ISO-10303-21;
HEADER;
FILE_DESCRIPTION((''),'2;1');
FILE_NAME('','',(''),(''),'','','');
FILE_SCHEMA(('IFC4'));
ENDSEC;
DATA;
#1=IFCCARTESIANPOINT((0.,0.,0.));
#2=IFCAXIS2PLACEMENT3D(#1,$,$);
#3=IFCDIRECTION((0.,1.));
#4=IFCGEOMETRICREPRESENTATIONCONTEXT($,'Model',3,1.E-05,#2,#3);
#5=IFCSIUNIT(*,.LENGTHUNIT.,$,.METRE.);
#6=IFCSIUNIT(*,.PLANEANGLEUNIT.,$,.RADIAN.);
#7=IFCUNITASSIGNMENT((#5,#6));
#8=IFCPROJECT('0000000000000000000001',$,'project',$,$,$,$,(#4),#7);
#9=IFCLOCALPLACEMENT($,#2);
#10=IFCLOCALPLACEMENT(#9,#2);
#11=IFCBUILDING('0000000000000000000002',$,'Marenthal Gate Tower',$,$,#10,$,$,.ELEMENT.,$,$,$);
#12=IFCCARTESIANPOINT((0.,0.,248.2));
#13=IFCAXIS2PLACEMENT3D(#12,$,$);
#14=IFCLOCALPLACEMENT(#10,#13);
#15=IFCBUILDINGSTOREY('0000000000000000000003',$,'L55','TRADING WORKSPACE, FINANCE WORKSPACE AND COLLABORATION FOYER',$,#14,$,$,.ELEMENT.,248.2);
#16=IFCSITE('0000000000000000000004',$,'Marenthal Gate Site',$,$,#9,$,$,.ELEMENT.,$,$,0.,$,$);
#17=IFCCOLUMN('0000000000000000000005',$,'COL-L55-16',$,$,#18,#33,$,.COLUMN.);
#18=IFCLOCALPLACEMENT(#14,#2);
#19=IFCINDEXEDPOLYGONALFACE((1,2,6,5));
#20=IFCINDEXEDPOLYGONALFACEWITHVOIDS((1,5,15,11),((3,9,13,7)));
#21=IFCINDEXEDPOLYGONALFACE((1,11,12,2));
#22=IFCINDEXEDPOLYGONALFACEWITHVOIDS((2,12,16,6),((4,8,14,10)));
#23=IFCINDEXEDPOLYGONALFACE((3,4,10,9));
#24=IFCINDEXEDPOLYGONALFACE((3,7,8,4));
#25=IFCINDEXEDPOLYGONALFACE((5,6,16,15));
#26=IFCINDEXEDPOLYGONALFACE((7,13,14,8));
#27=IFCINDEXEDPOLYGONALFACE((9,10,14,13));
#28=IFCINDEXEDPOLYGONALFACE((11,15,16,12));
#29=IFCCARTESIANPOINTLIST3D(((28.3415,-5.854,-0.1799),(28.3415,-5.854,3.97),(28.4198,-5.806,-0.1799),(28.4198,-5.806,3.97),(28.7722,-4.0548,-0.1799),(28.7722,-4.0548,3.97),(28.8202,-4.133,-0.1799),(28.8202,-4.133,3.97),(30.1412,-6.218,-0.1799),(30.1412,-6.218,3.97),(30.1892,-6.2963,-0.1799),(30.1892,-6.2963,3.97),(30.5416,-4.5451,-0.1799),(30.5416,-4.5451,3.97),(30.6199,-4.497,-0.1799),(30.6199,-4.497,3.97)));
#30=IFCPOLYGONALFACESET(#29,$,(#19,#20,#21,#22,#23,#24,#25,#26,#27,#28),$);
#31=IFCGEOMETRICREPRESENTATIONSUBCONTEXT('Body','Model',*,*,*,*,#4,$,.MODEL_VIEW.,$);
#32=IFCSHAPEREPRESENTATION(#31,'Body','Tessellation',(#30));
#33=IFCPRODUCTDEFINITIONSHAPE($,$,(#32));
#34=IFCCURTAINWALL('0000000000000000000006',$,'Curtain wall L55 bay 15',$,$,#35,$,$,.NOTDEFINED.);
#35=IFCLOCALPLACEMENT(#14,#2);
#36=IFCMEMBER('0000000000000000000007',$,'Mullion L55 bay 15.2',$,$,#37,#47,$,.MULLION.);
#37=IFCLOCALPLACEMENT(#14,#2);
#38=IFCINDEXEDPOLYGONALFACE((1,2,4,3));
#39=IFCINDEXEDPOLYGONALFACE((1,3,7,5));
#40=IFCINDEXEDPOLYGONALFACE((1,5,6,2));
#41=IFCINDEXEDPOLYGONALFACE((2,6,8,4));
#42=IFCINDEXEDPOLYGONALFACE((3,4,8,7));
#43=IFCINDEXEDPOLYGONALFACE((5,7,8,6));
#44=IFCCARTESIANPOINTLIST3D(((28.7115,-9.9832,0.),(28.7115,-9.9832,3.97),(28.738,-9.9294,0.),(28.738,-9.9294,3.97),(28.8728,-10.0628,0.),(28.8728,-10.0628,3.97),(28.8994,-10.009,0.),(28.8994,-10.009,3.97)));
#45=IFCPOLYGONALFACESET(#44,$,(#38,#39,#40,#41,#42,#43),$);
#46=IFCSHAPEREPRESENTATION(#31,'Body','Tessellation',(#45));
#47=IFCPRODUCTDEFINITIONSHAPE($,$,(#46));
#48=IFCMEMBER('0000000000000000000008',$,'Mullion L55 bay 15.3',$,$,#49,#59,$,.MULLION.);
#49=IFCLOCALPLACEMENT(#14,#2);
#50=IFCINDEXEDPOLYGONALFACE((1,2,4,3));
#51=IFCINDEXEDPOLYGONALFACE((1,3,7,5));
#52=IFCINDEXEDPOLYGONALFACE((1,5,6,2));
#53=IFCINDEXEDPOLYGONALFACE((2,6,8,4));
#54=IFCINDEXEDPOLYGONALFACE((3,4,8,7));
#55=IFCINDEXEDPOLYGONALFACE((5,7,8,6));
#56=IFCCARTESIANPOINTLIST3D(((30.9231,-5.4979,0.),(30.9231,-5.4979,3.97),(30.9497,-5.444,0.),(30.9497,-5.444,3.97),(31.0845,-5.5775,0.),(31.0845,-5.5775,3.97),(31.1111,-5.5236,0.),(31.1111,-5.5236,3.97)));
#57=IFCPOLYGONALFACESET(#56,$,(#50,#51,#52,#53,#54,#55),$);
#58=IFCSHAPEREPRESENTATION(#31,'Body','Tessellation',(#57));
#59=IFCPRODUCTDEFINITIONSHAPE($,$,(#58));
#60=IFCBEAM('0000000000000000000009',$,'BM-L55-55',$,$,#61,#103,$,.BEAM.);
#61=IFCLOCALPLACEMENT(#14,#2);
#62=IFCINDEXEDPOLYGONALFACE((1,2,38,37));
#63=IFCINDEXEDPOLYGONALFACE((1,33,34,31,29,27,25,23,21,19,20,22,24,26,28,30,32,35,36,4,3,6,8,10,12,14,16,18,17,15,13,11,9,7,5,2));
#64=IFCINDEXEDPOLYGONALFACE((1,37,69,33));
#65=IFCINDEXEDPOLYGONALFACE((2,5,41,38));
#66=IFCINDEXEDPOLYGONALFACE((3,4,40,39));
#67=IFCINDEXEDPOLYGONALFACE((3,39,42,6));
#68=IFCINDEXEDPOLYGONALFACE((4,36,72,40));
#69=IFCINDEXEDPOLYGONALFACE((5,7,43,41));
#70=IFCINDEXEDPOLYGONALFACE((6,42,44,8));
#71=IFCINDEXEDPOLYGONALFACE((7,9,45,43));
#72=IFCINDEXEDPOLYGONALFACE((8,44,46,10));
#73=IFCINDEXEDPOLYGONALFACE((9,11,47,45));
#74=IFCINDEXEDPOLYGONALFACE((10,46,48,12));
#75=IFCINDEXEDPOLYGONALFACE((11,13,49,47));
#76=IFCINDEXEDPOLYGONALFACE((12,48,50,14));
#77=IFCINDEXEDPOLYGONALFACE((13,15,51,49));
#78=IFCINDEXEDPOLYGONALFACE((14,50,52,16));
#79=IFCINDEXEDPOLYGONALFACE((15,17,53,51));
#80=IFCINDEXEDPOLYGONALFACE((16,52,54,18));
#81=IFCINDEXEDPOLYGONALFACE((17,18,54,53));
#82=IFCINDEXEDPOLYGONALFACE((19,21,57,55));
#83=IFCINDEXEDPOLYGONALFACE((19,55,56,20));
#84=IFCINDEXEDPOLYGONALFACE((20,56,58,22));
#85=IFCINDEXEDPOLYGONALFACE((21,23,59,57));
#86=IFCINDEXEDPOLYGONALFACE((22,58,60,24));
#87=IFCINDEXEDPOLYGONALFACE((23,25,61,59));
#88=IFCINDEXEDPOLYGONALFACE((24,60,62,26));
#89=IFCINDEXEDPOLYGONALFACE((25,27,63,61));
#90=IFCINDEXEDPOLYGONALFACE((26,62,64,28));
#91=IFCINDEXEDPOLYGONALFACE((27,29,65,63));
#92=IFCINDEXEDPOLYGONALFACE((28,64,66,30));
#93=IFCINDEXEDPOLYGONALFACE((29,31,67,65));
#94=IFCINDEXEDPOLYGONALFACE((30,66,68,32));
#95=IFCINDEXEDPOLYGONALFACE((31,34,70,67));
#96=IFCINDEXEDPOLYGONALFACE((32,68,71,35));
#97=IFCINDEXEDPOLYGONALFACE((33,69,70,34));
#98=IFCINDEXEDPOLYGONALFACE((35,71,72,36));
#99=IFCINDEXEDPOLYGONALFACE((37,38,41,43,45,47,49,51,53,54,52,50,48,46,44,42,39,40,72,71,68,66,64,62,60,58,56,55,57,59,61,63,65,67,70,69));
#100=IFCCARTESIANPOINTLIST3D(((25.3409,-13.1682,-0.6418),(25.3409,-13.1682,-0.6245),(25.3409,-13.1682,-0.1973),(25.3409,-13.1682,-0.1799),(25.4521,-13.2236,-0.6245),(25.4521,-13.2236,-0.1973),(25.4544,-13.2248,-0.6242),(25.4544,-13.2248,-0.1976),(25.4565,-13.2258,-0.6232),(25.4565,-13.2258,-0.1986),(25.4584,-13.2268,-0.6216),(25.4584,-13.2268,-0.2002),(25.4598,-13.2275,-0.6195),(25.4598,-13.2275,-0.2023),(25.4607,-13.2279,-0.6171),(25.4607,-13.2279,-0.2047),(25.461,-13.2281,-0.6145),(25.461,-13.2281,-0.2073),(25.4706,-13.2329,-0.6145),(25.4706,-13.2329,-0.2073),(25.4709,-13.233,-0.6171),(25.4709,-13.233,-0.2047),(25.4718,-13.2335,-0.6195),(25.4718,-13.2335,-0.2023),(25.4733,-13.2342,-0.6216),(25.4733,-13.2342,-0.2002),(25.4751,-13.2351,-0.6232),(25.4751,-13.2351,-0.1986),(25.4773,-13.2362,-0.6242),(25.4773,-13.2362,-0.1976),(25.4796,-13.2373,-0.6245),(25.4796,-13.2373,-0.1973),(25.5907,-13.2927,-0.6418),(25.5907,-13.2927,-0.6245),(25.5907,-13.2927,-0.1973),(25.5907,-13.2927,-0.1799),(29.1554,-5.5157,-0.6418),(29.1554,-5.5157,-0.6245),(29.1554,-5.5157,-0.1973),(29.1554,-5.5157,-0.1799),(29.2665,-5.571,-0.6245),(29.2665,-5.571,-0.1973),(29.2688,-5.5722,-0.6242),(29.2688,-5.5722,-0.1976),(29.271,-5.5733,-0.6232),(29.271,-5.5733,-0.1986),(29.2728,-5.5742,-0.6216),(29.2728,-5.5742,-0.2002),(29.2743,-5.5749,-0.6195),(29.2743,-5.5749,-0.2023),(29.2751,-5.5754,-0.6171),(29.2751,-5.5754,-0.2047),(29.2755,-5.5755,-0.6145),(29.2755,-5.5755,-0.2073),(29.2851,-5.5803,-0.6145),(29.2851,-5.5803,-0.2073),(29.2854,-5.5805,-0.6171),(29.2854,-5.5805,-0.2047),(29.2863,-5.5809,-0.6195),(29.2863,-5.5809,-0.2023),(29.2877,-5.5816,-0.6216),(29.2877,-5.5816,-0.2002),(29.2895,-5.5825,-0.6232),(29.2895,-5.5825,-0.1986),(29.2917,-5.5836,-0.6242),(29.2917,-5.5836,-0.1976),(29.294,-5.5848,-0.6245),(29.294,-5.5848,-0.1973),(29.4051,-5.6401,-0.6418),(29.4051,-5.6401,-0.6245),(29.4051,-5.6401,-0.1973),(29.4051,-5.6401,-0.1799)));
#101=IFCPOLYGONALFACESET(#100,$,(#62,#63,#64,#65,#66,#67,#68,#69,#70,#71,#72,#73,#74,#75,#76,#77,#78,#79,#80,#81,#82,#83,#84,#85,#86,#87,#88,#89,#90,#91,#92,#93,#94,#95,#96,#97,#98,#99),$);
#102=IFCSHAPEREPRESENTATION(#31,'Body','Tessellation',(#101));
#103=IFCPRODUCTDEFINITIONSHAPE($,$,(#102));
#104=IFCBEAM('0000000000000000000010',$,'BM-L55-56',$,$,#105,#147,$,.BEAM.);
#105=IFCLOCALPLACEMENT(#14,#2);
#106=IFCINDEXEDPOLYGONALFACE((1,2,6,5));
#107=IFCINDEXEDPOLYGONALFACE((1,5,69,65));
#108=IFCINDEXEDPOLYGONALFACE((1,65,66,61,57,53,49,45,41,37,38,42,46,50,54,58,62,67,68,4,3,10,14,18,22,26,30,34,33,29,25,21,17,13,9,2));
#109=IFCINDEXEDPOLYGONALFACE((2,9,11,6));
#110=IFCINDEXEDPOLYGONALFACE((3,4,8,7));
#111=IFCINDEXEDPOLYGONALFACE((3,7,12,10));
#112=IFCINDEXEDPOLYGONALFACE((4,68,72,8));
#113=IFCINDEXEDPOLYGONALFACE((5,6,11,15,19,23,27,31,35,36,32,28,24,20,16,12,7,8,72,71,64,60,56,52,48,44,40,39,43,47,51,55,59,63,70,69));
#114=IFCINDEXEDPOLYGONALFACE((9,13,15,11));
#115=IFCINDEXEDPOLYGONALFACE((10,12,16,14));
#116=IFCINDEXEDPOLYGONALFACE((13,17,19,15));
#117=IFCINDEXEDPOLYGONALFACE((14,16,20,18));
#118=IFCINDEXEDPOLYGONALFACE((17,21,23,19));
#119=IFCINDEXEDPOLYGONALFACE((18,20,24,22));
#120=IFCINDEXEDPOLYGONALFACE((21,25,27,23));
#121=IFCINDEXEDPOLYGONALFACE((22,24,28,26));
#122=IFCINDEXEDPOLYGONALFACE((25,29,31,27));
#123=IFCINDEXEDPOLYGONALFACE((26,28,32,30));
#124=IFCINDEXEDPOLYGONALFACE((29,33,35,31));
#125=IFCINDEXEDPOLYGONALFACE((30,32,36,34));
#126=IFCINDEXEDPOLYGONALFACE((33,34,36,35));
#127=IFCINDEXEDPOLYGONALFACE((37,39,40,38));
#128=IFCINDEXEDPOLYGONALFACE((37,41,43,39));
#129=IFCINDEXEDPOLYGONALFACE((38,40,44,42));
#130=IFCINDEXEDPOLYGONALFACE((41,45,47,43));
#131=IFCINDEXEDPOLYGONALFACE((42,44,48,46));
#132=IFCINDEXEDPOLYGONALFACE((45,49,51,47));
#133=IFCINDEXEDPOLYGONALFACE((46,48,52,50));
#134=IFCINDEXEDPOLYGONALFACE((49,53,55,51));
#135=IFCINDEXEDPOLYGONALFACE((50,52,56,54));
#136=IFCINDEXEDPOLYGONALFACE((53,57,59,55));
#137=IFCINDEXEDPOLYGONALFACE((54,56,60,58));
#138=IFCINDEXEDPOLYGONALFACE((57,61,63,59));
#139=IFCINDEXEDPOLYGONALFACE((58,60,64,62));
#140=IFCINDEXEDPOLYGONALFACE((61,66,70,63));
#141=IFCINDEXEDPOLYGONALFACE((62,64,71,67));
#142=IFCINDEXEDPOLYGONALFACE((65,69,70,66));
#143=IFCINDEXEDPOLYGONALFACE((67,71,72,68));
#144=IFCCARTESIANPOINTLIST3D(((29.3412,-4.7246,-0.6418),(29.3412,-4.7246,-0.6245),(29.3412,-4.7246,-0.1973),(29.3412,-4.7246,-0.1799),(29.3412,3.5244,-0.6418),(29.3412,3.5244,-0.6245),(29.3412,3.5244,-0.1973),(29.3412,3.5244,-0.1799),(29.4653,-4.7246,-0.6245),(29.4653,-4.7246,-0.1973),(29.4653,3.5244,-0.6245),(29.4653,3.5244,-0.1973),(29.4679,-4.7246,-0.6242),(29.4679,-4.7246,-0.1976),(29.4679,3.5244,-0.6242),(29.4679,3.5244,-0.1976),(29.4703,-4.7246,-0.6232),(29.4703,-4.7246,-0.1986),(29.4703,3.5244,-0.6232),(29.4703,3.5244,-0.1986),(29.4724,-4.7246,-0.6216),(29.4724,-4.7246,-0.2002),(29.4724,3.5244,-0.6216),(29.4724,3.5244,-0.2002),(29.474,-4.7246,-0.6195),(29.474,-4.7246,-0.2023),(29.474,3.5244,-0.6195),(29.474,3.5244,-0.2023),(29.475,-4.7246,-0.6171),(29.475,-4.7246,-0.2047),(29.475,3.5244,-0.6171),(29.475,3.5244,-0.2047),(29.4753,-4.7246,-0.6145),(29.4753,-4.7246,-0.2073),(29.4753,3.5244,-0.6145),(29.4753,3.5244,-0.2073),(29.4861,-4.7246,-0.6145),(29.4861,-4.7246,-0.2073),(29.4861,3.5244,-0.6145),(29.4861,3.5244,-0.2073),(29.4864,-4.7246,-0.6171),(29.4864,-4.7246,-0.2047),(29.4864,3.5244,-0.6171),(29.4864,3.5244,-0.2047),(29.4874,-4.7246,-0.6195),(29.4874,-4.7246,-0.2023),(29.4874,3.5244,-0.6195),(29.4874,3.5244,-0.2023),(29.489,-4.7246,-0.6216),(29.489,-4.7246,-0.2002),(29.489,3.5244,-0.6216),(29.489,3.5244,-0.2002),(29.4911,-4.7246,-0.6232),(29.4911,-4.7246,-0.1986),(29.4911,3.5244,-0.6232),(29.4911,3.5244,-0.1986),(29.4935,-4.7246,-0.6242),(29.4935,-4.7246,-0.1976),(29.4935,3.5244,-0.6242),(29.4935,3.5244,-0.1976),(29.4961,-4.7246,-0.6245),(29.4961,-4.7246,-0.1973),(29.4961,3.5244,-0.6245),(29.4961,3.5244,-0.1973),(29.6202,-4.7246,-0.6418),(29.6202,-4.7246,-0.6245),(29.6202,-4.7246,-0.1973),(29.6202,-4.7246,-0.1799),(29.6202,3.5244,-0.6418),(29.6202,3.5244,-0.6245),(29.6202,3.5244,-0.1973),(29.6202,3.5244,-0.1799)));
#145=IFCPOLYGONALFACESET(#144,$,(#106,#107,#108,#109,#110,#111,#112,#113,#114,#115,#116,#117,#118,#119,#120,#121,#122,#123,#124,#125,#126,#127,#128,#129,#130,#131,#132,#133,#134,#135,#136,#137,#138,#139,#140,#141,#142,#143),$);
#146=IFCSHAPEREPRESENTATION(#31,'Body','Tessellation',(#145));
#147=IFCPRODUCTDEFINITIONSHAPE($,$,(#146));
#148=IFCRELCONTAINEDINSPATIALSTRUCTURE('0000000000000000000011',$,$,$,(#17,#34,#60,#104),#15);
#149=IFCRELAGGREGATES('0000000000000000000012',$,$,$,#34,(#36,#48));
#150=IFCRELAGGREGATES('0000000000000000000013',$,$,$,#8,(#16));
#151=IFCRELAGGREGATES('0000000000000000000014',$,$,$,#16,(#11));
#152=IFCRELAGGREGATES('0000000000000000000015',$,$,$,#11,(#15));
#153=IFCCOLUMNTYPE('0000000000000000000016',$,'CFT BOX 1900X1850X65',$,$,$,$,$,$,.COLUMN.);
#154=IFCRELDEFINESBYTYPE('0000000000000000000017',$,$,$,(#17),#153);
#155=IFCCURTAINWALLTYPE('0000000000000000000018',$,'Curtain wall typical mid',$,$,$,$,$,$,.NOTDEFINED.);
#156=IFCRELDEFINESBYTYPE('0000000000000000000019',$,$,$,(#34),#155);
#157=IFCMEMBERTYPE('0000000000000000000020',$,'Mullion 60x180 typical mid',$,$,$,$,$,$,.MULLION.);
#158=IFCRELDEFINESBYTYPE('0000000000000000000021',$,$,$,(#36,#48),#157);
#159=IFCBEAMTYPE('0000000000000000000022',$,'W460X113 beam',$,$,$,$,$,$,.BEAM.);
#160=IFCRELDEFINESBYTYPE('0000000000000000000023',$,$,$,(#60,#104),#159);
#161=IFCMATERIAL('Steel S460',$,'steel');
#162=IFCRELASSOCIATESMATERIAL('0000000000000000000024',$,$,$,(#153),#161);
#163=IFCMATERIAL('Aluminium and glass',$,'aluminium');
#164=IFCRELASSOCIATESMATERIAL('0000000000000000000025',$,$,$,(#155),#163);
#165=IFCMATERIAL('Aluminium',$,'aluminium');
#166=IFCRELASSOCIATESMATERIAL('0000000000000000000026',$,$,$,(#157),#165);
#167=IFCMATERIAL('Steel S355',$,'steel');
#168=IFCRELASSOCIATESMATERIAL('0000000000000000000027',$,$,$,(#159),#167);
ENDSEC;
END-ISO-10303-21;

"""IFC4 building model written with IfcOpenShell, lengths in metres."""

from ifc_helpers import new_model, si_unit, direction, frame, origin, origin_2d, place, context, subcontext, project, spatial, rectangle, hollow_rectangle, i_section, extrude, material, material_profile, profile_set, type_object, element, aggregate, save


model = new_model("IFC4")

# Units and contexts
model_context = context("Model", 3, precision=1e-05, world=origin(), true_north=direction((0.0, 1.0)))
body_context = subcontext(model_context, "Body", "Model", "MODEL_VIEW")
ifc_project = project(units=[si_unit("LENGTHUNIT", "METRE"), si_unit("PLANEANGLEUNIT", "RADIAN")], contexts=[model_context])

# Site, building, storey
site_placement = place(None, origin())
site = spatial("IfcSite", under=ifc_project, at=site_placement, Name="Marenthal Gate Site", CompositionType="ELEMENT", RefElevation=0.0)
building_placement = place(site_placement, origin())
building = spatial("IfcBuilding", under=site, at=building_placement, Name="Marenthal Gate Tower", CompositionType="ELEMENT")
storey_placement = place(building_placement, frame((0.0, 0.0, 248.2)))
storey = spatial("IfcBuildingStorey", under=building, at=storey_placement, Name="L55", Description="TRADING WORKSPACE, FINANCE WORKSPACE AND COLLABORATION FOYER", CompositionType="ELEMENT", Elevation=248.2)

# Column
ifc_material_1 = material(Name="Steel S460", Category="steel")
ifc_material_profile_1 = material_profile(ifc_material_1, hollow_rectangle(XDim=1.8501, YDim=1.8999, WallThickness=0.0649, at=origin_2d()), Name="CFT BOX 1900X1850X65")
ifc_material_2 = material(Name="Concrete 70 MPa", Category="concrete")
ifc_material_profile_2 = material_profile(ifc_material_2, rectangle(XDim=1.72, YDim=1.77, at=origin_2d()), Name="CFT BOX 1900X1850X65 INFILL")
ifc_profile_set_1 = profile_set([ifc_material_profile_1, ifc_material_profile_2], Name="Steel S460 shell, Concrete 70 MPa infill")
column_type = type_object("IfcColumnType", Name="CFT BOX 1900X1850X65", PredefinedType="COLUMN", material=ifc_profile_set_1)
column_placement = place(storey_placement, frame((29.4807, -5.1755, -0.1799), z_axis=(0.0, 0.0, 1.0), x_axis=(-0.232783, -0.972529, 0.0)))
element("IfcColumn", 1, at=column_placement, inside=storey, type_object=column_type, Name="COL-L55-16", PredefinedType="COLUMN", context=body_context, shape_type="SweptSolid", body=[
    extrude(hollow_rectangle(XDim=1.8501, YDim=1.8999, WallThickness=0.0649, at=origin_2d()), origin(), (0.0, 0.0, 1.0), 4.1499),
])

# Curtain wall, members
ifc_material_3 = material(Name="Aluminium and glass", Category="aluminium")
curtain_wall_type = type_object("IfcCurtainWallType", Name="Curtain wall typical mid", PredefinedType="NOTDEFINED", material=ifc_material_3)
curtain_wall_placement = place(storey_placement, origin())
curtain_wall = element("IfcCurtainWall", 2, at=curtain_wall_placement, inside=storey, type_object=curtain_wall_type, Name="Curtain wall L55 bay 15", PredefinedType="NOTDEFINED")
ifc_material_4 = material(Name="Aluminium", Category="aluminium")
ifc_material_profile_3 = material_profile(ifc_material_4, rectangle(XDim=0.1799, YDim=0.0601, at=origin_2d()), Name="60x180 aluminium mullion")
ifc_profile_set_2 = profile_set([ifc_material_profile_3], Name="Aluminium")
member_type = type_object("IfcMemberType", Name="Mullion 60x180 typical mid", PredefinedType="MULLION", material=ifc_profile_set_2)
member_1_placement = place(storey_placement, frame((28.8054, -9.9961, 0.0), z_axis=(0.0, 0.0, 1.0), x_axis=(-0.896882, 0.442269, 0.0)))
member_1 = element("IfcMember", 3, at=member_1_placement, type_object=member_type, Name="Mullion L55 bay 15.2", PredefinedType="MULLION", context=body_context, shape_type="SweptSolid", body=[
    extrude(rectangle(XDim=0.1799, YDim=0.0601, at=origin_2d()), origin(), (0.0, 0.0, 1.0), 3.97),
])
member_2_placement = place(storey_placement, frame((31.0171, -5.5107, 0.0), z_axis=(0.0, 0.0, 1.0), x_axis=(-0.896882, 0.442269, 0.0)))
member_2 = element("IfcMember", 4, at=member_2_placement, type_object=member_type, Name="Mullion L55 bay 15.3", PredefinedType="MULLION", context=body_context, shape_type="SweptSolid", body=[
    extrude(rectangle(XDim=0.1799, YDim=0.0601, at=origin_2d()), origin(), (0.0, 0.0, 1.0), 3.97),
])

# Beams
ifc_material_5 = material(Name="Steel S355", Category="steel")
ifc_material_profile_4 = material_profile(ifc_material_5, i_section(OverallWidth=0.2791, OverallDepth=0.4619, WebThickness=0.0107, FlangeThickness=0.0173, FilletRadius=0.01, at=origin_2d()), Name="W460X113")
ifc_profile_set_3 = profile_set([ifc_material_profile_4], Name="Steel S355")
beam_type_1 = type_object("IfcBeamType", Name="W460X113 beam", PredefinedType="BEAM", material=ifc_profile_set_3)
beam_1_placement = place(storey_placement, frame((25.4658, -13.2305, -0.4109), z_axis=(0.446105, 0.89498, 0.0), x_axis=(-0.89498, 0.446105, 0.0)))
element("IfcBeam", 5, at=beam_1_placement, inside=storey, type_object=beam_type_1, Name="BM-L55-55", PredefinedType="BEAM", context=body_context, shape_type="SweptSolid", body=[
    extrude(i_section(OverallWidth=0.2791, OverallDepth=0.4619, WebThickness=0.0107, FlangeThickness=0.0173, FilletRadius=0.01, at=origin_2d()), origin(), (0.0, 0.0, 1.0), 8.5505),
])
beam_2_placement = place(storey_placement, frame((29.4807, -4.7246, -0.4109), z_axis=(0.0, 1.0, 0.0), x_axis=(-1.0, 0.0, 0.0)))
element("IfcBeam", 6, at=beam_2_placement, inside=storey, type_object=beam_type_1, Name="BM-L55-56", PredefinedType="BEAM", context=body_context, shape_type="SweptSolid", body=[
    extrude(i_section(OverallWidth=0.2791, OverallDepth=0.4619, WebThickness=0.0107, FlangeThickness=0.0173, FilletRadius=0.01, at=origin_2d()), origin(), (0.0, 0.0, 1.0), 8.249),
])

aggregate(curtain_wall, [member_1, member_2])

save(model, "model.ifc")
